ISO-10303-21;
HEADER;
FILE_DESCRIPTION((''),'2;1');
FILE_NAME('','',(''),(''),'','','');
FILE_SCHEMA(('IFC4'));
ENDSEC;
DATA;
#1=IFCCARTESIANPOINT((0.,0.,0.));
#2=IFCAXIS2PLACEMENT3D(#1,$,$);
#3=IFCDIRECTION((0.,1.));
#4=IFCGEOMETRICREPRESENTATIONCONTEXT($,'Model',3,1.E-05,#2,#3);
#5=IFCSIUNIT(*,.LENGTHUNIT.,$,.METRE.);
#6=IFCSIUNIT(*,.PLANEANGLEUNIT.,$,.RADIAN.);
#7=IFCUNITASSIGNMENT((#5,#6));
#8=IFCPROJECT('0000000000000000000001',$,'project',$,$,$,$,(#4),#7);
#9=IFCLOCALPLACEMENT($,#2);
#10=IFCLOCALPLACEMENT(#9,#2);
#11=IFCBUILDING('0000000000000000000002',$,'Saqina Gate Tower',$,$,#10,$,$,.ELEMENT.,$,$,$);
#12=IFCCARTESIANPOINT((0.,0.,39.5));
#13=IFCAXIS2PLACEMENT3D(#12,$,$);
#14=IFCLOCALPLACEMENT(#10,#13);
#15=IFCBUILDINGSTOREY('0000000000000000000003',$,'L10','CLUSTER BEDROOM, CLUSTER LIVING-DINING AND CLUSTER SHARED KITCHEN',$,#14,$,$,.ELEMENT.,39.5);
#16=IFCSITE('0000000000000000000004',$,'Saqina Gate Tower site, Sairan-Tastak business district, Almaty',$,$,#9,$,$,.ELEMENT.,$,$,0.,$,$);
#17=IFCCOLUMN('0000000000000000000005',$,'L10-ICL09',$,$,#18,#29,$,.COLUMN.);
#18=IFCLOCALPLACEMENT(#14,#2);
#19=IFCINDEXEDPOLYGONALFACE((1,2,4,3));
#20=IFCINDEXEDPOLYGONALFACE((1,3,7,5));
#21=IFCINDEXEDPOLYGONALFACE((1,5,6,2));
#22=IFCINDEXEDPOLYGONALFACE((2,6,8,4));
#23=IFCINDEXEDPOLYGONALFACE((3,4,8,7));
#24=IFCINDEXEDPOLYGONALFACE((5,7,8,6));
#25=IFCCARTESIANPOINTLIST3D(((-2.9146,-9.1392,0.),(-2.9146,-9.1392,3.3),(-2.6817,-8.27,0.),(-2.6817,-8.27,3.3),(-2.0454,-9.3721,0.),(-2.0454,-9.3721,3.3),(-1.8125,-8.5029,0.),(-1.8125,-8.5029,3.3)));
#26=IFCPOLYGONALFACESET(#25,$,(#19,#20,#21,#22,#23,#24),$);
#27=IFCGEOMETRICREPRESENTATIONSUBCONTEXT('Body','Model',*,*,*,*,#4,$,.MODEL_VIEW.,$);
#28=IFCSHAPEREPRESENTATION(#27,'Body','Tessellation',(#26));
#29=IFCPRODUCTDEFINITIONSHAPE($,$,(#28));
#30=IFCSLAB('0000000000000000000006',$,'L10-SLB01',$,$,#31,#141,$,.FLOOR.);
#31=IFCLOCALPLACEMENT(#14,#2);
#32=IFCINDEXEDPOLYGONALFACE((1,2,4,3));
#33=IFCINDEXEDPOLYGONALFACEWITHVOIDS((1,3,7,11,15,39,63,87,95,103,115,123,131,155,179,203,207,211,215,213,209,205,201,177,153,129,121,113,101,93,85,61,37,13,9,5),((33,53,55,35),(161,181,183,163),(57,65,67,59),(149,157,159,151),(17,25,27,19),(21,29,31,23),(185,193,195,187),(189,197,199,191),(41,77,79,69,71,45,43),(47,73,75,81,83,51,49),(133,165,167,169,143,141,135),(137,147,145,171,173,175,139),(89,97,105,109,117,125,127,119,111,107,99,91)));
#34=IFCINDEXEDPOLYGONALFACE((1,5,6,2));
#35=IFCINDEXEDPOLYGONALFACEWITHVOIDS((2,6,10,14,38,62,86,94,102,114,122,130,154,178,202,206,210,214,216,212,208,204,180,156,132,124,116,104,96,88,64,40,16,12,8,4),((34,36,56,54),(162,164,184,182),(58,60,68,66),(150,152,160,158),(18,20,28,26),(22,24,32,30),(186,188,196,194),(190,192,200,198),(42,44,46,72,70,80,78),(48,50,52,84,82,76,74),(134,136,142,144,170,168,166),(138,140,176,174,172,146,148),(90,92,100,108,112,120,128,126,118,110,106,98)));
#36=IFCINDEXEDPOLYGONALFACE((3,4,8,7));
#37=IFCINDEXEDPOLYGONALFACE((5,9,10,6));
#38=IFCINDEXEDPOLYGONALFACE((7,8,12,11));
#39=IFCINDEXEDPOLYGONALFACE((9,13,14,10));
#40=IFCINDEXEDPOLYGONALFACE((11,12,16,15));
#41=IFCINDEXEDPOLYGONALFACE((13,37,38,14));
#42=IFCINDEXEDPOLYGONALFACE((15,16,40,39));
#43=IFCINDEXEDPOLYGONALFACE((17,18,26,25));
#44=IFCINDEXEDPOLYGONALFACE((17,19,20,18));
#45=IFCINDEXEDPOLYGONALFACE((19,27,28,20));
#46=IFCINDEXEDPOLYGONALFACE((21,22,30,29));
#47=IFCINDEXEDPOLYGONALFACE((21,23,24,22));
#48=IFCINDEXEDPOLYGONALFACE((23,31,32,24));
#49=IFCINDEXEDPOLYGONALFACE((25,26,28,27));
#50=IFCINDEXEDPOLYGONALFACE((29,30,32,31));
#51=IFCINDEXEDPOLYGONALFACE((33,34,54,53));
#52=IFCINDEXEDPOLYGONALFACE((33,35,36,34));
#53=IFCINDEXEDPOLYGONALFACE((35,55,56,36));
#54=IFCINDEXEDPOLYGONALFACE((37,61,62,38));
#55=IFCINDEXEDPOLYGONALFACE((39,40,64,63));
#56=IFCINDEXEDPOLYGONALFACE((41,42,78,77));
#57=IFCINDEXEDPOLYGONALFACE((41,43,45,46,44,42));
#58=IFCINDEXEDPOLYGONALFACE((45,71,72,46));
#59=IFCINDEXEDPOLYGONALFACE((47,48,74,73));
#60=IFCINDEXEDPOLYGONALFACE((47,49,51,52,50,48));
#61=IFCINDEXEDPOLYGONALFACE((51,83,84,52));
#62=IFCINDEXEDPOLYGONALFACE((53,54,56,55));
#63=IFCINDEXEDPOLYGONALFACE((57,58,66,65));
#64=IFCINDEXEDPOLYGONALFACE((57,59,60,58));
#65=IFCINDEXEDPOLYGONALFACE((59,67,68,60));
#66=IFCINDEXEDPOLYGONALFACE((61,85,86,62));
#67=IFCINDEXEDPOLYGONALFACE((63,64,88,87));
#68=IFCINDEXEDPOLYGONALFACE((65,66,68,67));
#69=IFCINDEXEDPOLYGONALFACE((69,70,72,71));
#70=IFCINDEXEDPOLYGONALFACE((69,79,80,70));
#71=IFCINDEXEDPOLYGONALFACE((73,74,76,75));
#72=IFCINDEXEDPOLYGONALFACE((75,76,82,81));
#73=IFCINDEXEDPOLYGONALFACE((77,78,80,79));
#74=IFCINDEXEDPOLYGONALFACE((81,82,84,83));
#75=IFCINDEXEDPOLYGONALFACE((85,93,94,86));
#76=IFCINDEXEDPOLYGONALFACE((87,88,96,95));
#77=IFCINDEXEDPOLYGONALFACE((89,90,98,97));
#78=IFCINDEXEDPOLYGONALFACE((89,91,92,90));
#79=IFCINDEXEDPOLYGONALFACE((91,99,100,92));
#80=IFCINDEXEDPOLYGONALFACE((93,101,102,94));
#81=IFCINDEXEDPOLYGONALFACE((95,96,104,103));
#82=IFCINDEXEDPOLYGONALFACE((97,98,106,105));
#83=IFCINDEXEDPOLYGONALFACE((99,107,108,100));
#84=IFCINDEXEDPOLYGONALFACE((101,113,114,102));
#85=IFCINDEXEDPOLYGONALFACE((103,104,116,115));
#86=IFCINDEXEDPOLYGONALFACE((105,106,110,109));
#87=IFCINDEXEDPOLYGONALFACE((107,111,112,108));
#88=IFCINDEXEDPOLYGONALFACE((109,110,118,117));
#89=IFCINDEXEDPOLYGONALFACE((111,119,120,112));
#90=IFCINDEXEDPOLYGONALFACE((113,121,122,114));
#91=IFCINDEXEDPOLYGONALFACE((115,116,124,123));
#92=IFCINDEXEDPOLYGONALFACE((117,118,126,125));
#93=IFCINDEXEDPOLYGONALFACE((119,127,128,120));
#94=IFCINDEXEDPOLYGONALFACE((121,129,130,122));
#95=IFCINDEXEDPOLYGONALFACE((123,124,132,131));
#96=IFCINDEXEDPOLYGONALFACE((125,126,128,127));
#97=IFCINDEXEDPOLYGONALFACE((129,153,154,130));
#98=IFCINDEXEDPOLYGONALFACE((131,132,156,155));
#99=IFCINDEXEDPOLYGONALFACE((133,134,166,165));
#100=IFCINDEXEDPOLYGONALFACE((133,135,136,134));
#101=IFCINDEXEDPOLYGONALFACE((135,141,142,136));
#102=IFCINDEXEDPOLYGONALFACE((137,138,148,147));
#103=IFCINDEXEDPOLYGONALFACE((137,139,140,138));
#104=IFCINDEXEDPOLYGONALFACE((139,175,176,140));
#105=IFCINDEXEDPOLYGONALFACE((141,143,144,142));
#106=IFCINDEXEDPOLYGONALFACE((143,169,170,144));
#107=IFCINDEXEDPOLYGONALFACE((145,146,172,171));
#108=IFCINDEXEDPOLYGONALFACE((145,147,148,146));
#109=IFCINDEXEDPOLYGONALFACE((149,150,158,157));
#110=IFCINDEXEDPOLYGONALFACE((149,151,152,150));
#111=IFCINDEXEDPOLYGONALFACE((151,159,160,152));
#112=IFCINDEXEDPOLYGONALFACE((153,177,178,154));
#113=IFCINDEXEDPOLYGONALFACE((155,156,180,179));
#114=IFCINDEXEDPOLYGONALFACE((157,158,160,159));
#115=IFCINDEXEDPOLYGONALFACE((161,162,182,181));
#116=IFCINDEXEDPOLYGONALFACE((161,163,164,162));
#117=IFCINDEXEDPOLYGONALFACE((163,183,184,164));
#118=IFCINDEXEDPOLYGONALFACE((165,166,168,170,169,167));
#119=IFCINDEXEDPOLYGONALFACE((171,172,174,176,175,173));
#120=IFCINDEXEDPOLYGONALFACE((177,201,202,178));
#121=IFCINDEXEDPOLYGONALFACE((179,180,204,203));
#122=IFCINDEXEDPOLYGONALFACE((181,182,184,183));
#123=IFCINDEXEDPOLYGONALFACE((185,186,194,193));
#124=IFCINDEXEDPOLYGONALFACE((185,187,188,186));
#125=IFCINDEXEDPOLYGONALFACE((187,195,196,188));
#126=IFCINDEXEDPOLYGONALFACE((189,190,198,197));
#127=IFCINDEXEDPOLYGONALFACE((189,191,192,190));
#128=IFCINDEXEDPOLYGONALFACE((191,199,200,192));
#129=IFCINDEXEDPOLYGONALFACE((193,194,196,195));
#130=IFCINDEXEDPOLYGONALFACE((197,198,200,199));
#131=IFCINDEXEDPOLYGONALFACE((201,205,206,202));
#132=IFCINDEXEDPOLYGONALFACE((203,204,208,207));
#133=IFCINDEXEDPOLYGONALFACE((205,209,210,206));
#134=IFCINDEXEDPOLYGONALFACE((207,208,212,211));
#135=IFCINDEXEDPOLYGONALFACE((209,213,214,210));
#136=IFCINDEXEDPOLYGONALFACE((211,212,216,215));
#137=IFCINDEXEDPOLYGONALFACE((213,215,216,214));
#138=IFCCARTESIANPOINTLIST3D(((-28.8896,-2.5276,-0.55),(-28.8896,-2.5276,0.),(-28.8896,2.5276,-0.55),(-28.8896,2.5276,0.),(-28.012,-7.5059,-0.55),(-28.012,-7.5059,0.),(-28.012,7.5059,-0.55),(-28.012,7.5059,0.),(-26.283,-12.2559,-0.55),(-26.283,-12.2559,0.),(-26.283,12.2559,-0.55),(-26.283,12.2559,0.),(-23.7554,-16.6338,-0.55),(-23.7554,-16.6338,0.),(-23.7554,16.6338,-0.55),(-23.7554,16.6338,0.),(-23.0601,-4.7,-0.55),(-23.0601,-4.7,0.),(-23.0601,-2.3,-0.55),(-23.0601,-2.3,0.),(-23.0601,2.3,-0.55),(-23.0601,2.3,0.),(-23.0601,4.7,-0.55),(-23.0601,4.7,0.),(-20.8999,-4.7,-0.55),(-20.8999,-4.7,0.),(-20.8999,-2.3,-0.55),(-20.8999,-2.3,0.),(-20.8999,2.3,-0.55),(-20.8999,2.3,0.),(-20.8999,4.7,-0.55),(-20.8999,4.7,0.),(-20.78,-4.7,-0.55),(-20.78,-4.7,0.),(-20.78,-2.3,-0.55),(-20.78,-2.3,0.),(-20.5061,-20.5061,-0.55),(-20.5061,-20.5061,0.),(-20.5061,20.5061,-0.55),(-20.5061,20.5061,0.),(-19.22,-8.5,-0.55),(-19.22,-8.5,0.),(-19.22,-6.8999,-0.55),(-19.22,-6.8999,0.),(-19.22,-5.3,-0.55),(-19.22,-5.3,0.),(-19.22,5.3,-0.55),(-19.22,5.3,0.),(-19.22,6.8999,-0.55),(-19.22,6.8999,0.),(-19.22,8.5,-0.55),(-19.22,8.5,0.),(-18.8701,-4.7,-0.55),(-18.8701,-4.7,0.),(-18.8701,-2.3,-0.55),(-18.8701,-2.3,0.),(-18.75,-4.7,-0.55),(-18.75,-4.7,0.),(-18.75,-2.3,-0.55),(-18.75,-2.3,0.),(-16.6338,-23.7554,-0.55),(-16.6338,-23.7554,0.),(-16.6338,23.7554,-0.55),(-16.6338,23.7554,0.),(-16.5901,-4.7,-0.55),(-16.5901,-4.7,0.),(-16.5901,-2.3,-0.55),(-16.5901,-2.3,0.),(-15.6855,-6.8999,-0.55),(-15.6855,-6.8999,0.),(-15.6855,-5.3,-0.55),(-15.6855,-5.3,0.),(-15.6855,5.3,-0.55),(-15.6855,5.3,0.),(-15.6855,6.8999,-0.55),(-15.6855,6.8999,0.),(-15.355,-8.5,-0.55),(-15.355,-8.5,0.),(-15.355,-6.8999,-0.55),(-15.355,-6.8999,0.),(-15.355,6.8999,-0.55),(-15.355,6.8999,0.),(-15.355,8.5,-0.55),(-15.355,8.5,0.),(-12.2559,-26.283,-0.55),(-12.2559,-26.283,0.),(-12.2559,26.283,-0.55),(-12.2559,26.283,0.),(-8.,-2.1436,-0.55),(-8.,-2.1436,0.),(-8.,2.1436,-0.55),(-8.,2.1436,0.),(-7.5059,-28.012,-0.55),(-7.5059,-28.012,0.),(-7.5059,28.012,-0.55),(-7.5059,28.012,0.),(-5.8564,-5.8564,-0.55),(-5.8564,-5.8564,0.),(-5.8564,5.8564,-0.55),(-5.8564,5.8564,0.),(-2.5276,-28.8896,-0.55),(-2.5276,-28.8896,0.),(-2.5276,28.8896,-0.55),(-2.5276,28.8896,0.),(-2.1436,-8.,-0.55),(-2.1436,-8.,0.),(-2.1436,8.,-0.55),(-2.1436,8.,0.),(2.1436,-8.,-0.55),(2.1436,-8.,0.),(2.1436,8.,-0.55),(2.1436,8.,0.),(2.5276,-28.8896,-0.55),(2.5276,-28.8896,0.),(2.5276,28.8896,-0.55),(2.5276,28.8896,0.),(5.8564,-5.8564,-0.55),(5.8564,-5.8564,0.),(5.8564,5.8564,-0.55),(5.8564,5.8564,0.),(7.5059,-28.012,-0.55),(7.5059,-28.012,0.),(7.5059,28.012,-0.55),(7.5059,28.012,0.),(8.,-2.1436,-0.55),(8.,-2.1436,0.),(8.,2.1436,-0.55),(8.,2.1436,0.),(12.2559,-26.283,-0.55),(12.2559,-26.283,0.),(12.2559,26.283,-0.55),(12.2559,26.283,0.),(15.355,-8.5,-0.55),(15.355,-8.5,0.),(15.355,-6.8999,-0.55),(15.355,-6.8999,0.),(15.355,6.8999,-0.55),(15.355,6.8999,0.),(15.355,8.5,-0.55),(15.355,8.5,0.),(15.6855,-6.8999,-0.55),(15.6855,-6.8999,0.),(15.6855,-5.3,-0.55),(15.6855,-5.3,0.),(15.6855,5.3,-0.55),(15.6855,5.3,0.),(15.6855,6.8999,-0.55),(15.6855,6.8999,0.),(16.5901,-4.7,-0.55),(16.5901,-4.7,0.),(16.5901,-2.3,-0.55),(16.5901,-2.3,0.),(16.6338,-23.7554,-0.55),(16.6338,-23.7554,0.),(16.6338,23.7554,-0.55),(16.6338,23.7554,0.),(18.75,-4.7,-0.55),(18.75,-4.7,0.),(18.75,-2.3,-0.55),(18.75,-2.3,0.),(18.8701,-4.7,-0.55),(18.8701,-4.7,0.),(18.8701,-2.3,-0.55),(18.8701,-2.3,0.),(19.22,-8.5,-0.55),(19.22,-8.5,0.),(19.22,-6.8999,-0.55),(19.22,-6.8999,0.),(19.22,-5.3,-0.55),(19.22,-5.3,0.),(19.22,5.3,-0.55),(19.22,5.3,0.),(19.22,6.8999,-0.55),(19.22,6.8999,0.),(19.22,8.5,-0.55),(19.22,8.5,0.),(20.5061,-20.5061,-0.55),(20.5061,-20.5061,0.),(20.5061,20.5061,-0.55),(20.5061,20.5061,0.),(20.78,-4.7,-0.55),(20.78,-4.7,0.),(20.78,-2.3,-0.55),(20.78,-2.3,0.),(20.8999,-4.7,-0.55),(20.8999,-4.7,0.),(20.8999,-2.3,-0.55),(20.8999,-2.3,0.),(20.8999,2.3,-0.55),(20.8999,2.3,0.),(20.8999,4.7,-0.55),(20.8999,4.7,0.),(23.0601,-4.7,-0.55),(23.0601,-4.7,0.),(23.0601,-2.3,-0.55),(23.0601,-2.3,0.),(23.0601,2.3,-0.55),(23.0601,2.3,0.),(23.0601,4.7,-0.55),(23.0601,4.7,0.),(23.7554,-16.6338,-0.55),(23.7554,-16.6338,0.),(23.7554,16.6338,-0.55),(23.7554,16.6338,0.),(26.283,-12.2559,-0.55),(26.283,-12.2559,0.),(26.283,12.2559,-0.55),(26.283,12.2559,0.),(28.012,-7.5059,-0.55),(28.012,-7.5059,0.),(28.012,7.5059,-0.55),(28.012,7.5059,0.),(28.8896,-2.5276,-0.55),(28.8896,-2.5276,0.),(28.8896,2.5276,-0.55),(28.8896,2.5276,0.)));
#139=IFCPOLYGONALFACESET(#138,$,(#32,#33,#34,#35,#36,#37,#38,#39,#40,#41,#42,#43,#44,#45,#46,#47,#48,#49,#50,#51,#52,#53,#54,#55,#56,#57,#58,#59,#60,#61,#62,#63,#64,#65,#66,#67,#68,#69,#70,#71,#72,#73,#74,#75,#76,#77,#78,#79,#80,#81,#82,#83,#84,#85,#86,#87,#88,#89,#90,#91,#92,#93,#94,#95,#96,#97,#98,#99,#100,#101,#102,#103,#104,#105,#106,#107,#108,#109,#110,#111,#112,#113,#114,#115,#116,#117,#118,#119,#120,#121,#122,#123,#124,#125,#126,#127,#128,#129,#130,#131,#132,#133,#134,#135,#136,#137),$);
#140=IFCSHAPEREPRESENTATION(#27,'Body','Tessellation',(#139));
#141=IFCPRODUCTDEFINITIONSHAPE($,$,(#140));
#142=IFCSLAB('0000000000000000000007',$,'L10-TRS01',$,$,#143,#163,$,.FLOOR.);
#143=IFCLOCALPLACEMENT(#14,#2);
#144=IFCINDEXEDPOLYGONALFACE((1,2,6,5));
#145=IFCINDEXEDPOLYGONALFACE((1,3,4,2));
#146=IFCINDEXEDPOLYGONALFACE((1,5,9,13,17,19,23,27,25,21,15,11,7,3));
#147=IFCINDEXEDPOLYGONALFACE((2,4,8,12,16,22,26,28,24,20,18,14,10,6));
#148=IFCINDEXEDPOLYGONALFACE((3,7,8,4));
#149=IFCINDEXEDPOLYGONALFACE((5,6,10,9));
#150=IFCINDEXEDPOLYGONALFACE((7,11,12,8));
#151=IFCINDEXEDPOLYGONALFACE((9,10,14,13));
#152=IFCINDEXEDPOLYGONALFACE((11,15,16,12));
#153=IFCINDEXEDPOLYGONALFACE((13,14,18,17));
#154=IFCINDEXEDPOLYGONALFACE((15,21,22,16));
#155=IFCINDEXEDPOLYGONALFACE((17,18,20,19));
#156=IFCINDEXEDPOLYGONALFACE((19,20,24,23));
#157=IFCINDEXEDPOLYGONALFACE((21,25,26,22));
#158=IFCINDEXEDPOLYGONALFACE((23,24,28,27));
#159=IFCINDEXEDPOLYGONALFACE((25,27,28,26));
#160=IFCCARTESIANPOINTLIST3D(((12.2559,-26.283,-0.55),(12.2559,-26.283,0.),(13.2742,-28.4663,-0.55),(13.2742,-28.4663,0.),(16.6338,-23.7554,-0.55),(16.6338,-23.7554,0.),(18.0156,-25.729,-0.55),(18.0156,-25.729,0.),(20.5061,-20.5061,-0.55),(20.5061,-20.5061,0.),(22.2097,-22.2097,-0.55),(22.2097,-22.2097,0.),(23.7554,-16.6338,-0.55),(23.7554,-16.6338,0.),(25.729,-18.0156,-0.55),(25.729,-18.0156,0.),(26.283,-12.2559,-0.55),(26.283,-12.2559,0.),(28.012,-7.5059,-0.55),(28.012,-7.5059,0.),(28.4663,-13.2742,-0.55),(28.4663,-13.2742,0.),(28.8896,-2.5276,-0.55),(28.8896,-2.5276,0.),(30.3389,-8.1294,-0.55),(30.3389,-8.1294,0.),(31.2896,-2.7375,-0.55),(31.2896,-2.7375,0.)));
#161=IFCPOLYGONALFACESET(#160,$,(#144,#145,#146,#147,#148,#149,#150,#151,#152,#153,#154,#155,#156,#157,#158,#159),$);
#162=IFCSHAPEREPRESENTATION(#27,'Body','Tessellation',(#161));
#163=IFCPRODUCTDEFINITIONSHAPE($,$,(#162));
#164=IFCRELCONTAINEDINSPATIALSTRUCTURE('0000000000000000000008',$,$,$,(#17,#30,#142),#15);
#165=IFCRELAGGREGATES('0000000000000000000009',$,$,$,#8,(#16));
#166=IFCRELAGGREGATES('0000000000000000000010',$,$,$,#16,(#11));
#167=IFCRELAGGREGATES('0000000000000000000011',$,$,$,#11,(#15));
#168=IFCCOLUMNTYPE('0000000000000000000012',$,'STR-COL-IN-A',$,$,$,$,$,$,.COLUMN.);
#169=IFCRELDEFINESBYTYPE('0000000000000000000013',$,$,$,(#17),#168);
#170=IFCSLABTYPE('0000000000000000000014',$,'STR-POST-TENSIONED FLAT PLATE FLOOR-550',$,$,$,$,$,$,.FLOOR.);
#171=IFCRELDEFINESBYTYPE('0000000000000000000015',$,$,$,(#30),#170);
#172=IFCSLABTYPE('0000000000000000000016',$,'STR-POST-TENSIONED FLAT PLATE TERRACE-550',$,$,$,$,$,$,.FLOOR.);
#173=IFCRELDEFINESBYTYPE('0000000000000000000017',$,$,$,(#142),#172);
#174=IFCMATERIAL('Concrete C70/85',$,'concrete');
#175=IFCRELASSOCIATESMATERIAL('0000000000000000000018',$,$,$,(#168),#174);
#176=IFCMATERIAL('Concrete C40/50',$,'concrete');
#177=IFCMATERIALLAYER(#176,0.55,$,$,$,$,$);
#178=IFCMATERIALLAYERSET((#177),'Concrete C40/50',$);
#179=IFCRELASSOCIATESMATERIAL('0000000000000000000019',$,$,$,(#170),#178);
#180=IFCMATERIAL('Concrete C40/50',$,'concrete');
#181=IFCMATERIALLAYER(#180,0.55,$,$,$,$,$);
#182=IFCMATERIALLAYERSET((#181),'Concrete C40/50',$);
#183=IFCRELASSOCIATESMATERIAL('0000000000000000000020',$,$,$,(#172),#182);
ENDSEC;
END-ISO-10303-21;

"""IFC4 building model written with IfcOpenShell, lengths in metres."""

from ifc_helpers import new_model, si_unit, direction, frame, origin, origin_2d, place, context, subcontext, project, spatial, polyline, rectangle, outline, extrude, material, layer, layer_set, material_profile, profile_set, type_object, element, save


model = new_model("IFC4")

# Units and contexts
model_context = context("Model", 3, precision=1e-05, world=origin(), true_north=direction((0.0, 1.0)))
body_context = subcontext(model_context, "Body", "Model", "MODEL_VIEW")
ifc_project = project(units=[si_unit("LENGTHUNIT", "METRE"), si_unit("PLANEANGLEUNIT", "RADIAN")], contexts=[model_context])

# Site, building, storey
site_placement = place(None, origin())
site = spatial("IfcSite", under=ifc_project, at=site_placement, Name="Saqina Gate Tower site, Sairan-Tastak business district, Almaty", CompositionType="ELEMENT", RefElevation=0.0)
building_placement = place(site_placement, origin())
building = spatial("IfcBuilding", under=site, at=building_placement, Name="Saqina Gate Tower", CompositionType="ELEMENT")
storey_placement = place(building_placement, frame((0.0, 0.0, 39.5)))
storey = spatial("IfcBuildingStorey", under=building, at=storey_placement, Name="L10", Description="CLUSTER BEDROOM, CLUSTER LIVING-DINING AND CLUSTER SHARED KITCHEN", CompositionType="ELEMENT", Elevation=39.5)

# Column
ifc_material_1 = material(Name="Concrete C70/85", Category="concrete")
ifc_material_profile = material_profile(ifc_material_1, rectangle(XDim=0.8999, YDim=0.8999, at=origin_2d()), Name="RC 900x900")
ifc_profile_set = profile_set([ifc_material_profile], Name="Concrete C70/85")
column_type = type_object("IfcColumnType", Name="STR-COL-IN-A", PredefinedType="COLUMN", material=ifc_profile_set)
column_placement = place(storey_placement, frame((-2.3635, -8.821, 0.0), z_axis=(0.0, 0.0, 1.0), x_axis=(-0.258819, -0.965926, 0.0)))
element("IfcColumn", 1, at=column_placement, inside=storey, type_object=column_type, Name="L10-ICL09", PredefinedType="COLUMN", context=body_context, shape_type="SweptSolid", body=[
    extrude(rectangle(XDim=0.8999, YDim=0.8999, at=origin_2d()), origin(), (0.0, 0.0, 1.0), 3.3),
])

# Slabs
ifc_material_2 = material(Name="Concrete C40/50", Category="concrete")
ifc_layer_1 = layer(ifc_material_2, 0.55)
ifc_layer_set_1 = layer_set([ifc_layer_1], Name="Concrete C40/50")
slab_type_1 = type_object("IfcSlabType", Name="STR-POST-TENSIONED FLAT PLATE FLOOR-550", PredefinedType="FLOOR", material=ifc_layer_set_1)
slab_1_placement = place(storey_placement, frame((0.0, 0.0, -0.55)))
element("IfcSlab", 2, at=slab_1_placement, inside=storey, type_object=slab_type_1, Name="L10-SLB01", PredefinedType="FLOOR", context=body_context, shape_type="SweptSolid", body=[
    extrude(outline(polyline([(28.012, -7.5059), (28.8896, -2.5276), (28.8896, 2.5276), (28.012, 7.5059), (26.283, 12.2559), (23.7554, 16.6338), (20.5061, 20.5061), (16.6338, 23.7554), (12.2559, 26.283), (7.5059, 28.012), (2.5276, 28.8896), (-2.5276, 28.8896), (-7.5059, 28.012), (-12.2559, 26.283), (-16.6338, 23.7554), (-20.5061, 20.5061), (-23.7554, 16.6338), (-26.283, 12.2559), (-28.012, 7.5059), (-28.8896, 2.5276), (-28.8896, -2.5276), (-28.012, -7.5059), (-26.283, -12.2559), (-23.7554, -16.6338), (-20.5061, -20.5061), (-16.6338, -23.7554), (-12.2559, -26.283), (-7.5059, -28.012), (-2.5276, -28.8896), (2.5276, -28.8896), (7.5059, -28.012), (12.2559, -26.283), (16.6338, -23.7554), (20.5061, -20.5061), (23.7554, -16.6338), (26.283, -12.2559), (28.012, -7.5059)]), holes=[polyline([(2.1436, 8.0), (5.8564, 5.8564), (8.0, 2.1436), (8.0, -2.1436), (5.8564, -5.8564), (2.1436, -8.0), (-2.1436, -8.0), (-5.8564, -5.8564), (-8.0, -2.1436), (-8.0, 2.1436), (-5.8564, 5.8564), (-2.1436, 8.0), (2.1436, 8.0)]), polyline([(-19.22, -8.5), (-19.22, -6.8999), (-19.22, -5.3), (-15.6855, -5.3), (-15.6855, -6.8999), (-15.355, -6.8999), (-15.355, -8.5), (-19.22, -8.5)]), polyline([(-20.8999, -2.3), (-20.8999, -4.7), (-23.0601, -4.7), (-23.0601, -2.3), (-20.8999, -2.3)]), polyline([(-18.8701, -2.3), (-18.8701, -4.7), (-20.78, -4.7), (-20.78, -2.3), (-18.8701, -2.3)]), polyline([(-16.5901, -2.3), (-16.5901, -4.7), (-18.75, -4.7), (-18.75, -2.3), (-16.5901, -2.3)]), polyline([(-20.8999, 4.7), (-20.8999, 2.3), (-23.0601, 2.3), (-23.0601, 4.7), (-20.8999, 4.7)]), polyline([(-19.22, 6.8999), (-19.22, 8.5), (-15.355, 8.5), (-15.355, 6.8999), (-15.6855, 6.8999), (-15.6855, 5.3), (-19.22, 5.3), (-19.22, 6.8999)]), polyline([(15.355, -6.8999), (15.6855, -6.8999), (15.6855, -5.3), (19.22, -5.3), (19.22, -6.8999), (19.22, -8.5), (15.355, -8.5), (15.355, -6.8999)]), polyline([(18.75, -2.3), (18.75, -4.7), (16.5901, -4.7), (16.5901, -2.3), (18.75, -2.3)]), polyline([(20.78, -2.3), (20.78, -4.7), (18.8701, -4.7), (18.8701, -2.3), (20.78, -2.3)]), polyline([(23.0601, -2.3), (23.0601, -4.7), (20.8999, -4.7), (20.8999, -2.3), (23.0601, -2.3)]), polyline([(23.0601, 4.7), (23.0601, 2.3), (20.8999, 2.3), (20.8999, 4.7), (23.0601, 4.7)]), polyline([(15.6855, 6.8999), (15.355, 6.8999), (15.355, 8.5), (19.22, 8.5), (19.22, 6.8999), (19.22, 5.3), (15.6855, 5.3), (15.6855, 6.8999)])]), origin(), (0.0, 0.0, 1.0), 0.55),
])
ifc_material_3 = material(Name="Concrete C40/50", Category="concrete")
ifc_layer_2 = layer(ifc_material_3, 0.55)
ifc_layer_set_2 = layer_set([ifc_layer_2], Name="Concrete C40/50")
slab_type_2 = type_object("IfcSlabType", Name="STR-POST-TENSIONED FLAT PLATE TERRACE-550", PredefinedType="FLOOR", material=ifc_layer_set_2)
slab_2_placement = place(storey_placement, frame((0.0, 0.0, -0.55)))
element("IfcSlab", 3, at=slab_2_placement, inside=storey, type_object=slab_type_2, Name="L10-TRS01", PredefinedType="FLOOR", context=body_context, shape_type="SweptSolid", body=[
    extrude(outline(polyline([(12.2559, -26.283), (16.6338, -23.7554), (20.5061, -20.5061), (23.7554, -16.6338), (26.283, -12.2559), (28.012, -7.5059), (28.8896, -2.5276), (31.2896, -2.7375), (30.3389, -8.1294), (28.4663, -13.2742), (25.729, -18.0156), (22.2097, -22.2097), (18.0156, -25.729), (13.2742, -28.4663), (12.2559, -26.283)])), origin(), (0.0, 0.0, 1.0), 0.55),
])

save(model, "model.ifc")
